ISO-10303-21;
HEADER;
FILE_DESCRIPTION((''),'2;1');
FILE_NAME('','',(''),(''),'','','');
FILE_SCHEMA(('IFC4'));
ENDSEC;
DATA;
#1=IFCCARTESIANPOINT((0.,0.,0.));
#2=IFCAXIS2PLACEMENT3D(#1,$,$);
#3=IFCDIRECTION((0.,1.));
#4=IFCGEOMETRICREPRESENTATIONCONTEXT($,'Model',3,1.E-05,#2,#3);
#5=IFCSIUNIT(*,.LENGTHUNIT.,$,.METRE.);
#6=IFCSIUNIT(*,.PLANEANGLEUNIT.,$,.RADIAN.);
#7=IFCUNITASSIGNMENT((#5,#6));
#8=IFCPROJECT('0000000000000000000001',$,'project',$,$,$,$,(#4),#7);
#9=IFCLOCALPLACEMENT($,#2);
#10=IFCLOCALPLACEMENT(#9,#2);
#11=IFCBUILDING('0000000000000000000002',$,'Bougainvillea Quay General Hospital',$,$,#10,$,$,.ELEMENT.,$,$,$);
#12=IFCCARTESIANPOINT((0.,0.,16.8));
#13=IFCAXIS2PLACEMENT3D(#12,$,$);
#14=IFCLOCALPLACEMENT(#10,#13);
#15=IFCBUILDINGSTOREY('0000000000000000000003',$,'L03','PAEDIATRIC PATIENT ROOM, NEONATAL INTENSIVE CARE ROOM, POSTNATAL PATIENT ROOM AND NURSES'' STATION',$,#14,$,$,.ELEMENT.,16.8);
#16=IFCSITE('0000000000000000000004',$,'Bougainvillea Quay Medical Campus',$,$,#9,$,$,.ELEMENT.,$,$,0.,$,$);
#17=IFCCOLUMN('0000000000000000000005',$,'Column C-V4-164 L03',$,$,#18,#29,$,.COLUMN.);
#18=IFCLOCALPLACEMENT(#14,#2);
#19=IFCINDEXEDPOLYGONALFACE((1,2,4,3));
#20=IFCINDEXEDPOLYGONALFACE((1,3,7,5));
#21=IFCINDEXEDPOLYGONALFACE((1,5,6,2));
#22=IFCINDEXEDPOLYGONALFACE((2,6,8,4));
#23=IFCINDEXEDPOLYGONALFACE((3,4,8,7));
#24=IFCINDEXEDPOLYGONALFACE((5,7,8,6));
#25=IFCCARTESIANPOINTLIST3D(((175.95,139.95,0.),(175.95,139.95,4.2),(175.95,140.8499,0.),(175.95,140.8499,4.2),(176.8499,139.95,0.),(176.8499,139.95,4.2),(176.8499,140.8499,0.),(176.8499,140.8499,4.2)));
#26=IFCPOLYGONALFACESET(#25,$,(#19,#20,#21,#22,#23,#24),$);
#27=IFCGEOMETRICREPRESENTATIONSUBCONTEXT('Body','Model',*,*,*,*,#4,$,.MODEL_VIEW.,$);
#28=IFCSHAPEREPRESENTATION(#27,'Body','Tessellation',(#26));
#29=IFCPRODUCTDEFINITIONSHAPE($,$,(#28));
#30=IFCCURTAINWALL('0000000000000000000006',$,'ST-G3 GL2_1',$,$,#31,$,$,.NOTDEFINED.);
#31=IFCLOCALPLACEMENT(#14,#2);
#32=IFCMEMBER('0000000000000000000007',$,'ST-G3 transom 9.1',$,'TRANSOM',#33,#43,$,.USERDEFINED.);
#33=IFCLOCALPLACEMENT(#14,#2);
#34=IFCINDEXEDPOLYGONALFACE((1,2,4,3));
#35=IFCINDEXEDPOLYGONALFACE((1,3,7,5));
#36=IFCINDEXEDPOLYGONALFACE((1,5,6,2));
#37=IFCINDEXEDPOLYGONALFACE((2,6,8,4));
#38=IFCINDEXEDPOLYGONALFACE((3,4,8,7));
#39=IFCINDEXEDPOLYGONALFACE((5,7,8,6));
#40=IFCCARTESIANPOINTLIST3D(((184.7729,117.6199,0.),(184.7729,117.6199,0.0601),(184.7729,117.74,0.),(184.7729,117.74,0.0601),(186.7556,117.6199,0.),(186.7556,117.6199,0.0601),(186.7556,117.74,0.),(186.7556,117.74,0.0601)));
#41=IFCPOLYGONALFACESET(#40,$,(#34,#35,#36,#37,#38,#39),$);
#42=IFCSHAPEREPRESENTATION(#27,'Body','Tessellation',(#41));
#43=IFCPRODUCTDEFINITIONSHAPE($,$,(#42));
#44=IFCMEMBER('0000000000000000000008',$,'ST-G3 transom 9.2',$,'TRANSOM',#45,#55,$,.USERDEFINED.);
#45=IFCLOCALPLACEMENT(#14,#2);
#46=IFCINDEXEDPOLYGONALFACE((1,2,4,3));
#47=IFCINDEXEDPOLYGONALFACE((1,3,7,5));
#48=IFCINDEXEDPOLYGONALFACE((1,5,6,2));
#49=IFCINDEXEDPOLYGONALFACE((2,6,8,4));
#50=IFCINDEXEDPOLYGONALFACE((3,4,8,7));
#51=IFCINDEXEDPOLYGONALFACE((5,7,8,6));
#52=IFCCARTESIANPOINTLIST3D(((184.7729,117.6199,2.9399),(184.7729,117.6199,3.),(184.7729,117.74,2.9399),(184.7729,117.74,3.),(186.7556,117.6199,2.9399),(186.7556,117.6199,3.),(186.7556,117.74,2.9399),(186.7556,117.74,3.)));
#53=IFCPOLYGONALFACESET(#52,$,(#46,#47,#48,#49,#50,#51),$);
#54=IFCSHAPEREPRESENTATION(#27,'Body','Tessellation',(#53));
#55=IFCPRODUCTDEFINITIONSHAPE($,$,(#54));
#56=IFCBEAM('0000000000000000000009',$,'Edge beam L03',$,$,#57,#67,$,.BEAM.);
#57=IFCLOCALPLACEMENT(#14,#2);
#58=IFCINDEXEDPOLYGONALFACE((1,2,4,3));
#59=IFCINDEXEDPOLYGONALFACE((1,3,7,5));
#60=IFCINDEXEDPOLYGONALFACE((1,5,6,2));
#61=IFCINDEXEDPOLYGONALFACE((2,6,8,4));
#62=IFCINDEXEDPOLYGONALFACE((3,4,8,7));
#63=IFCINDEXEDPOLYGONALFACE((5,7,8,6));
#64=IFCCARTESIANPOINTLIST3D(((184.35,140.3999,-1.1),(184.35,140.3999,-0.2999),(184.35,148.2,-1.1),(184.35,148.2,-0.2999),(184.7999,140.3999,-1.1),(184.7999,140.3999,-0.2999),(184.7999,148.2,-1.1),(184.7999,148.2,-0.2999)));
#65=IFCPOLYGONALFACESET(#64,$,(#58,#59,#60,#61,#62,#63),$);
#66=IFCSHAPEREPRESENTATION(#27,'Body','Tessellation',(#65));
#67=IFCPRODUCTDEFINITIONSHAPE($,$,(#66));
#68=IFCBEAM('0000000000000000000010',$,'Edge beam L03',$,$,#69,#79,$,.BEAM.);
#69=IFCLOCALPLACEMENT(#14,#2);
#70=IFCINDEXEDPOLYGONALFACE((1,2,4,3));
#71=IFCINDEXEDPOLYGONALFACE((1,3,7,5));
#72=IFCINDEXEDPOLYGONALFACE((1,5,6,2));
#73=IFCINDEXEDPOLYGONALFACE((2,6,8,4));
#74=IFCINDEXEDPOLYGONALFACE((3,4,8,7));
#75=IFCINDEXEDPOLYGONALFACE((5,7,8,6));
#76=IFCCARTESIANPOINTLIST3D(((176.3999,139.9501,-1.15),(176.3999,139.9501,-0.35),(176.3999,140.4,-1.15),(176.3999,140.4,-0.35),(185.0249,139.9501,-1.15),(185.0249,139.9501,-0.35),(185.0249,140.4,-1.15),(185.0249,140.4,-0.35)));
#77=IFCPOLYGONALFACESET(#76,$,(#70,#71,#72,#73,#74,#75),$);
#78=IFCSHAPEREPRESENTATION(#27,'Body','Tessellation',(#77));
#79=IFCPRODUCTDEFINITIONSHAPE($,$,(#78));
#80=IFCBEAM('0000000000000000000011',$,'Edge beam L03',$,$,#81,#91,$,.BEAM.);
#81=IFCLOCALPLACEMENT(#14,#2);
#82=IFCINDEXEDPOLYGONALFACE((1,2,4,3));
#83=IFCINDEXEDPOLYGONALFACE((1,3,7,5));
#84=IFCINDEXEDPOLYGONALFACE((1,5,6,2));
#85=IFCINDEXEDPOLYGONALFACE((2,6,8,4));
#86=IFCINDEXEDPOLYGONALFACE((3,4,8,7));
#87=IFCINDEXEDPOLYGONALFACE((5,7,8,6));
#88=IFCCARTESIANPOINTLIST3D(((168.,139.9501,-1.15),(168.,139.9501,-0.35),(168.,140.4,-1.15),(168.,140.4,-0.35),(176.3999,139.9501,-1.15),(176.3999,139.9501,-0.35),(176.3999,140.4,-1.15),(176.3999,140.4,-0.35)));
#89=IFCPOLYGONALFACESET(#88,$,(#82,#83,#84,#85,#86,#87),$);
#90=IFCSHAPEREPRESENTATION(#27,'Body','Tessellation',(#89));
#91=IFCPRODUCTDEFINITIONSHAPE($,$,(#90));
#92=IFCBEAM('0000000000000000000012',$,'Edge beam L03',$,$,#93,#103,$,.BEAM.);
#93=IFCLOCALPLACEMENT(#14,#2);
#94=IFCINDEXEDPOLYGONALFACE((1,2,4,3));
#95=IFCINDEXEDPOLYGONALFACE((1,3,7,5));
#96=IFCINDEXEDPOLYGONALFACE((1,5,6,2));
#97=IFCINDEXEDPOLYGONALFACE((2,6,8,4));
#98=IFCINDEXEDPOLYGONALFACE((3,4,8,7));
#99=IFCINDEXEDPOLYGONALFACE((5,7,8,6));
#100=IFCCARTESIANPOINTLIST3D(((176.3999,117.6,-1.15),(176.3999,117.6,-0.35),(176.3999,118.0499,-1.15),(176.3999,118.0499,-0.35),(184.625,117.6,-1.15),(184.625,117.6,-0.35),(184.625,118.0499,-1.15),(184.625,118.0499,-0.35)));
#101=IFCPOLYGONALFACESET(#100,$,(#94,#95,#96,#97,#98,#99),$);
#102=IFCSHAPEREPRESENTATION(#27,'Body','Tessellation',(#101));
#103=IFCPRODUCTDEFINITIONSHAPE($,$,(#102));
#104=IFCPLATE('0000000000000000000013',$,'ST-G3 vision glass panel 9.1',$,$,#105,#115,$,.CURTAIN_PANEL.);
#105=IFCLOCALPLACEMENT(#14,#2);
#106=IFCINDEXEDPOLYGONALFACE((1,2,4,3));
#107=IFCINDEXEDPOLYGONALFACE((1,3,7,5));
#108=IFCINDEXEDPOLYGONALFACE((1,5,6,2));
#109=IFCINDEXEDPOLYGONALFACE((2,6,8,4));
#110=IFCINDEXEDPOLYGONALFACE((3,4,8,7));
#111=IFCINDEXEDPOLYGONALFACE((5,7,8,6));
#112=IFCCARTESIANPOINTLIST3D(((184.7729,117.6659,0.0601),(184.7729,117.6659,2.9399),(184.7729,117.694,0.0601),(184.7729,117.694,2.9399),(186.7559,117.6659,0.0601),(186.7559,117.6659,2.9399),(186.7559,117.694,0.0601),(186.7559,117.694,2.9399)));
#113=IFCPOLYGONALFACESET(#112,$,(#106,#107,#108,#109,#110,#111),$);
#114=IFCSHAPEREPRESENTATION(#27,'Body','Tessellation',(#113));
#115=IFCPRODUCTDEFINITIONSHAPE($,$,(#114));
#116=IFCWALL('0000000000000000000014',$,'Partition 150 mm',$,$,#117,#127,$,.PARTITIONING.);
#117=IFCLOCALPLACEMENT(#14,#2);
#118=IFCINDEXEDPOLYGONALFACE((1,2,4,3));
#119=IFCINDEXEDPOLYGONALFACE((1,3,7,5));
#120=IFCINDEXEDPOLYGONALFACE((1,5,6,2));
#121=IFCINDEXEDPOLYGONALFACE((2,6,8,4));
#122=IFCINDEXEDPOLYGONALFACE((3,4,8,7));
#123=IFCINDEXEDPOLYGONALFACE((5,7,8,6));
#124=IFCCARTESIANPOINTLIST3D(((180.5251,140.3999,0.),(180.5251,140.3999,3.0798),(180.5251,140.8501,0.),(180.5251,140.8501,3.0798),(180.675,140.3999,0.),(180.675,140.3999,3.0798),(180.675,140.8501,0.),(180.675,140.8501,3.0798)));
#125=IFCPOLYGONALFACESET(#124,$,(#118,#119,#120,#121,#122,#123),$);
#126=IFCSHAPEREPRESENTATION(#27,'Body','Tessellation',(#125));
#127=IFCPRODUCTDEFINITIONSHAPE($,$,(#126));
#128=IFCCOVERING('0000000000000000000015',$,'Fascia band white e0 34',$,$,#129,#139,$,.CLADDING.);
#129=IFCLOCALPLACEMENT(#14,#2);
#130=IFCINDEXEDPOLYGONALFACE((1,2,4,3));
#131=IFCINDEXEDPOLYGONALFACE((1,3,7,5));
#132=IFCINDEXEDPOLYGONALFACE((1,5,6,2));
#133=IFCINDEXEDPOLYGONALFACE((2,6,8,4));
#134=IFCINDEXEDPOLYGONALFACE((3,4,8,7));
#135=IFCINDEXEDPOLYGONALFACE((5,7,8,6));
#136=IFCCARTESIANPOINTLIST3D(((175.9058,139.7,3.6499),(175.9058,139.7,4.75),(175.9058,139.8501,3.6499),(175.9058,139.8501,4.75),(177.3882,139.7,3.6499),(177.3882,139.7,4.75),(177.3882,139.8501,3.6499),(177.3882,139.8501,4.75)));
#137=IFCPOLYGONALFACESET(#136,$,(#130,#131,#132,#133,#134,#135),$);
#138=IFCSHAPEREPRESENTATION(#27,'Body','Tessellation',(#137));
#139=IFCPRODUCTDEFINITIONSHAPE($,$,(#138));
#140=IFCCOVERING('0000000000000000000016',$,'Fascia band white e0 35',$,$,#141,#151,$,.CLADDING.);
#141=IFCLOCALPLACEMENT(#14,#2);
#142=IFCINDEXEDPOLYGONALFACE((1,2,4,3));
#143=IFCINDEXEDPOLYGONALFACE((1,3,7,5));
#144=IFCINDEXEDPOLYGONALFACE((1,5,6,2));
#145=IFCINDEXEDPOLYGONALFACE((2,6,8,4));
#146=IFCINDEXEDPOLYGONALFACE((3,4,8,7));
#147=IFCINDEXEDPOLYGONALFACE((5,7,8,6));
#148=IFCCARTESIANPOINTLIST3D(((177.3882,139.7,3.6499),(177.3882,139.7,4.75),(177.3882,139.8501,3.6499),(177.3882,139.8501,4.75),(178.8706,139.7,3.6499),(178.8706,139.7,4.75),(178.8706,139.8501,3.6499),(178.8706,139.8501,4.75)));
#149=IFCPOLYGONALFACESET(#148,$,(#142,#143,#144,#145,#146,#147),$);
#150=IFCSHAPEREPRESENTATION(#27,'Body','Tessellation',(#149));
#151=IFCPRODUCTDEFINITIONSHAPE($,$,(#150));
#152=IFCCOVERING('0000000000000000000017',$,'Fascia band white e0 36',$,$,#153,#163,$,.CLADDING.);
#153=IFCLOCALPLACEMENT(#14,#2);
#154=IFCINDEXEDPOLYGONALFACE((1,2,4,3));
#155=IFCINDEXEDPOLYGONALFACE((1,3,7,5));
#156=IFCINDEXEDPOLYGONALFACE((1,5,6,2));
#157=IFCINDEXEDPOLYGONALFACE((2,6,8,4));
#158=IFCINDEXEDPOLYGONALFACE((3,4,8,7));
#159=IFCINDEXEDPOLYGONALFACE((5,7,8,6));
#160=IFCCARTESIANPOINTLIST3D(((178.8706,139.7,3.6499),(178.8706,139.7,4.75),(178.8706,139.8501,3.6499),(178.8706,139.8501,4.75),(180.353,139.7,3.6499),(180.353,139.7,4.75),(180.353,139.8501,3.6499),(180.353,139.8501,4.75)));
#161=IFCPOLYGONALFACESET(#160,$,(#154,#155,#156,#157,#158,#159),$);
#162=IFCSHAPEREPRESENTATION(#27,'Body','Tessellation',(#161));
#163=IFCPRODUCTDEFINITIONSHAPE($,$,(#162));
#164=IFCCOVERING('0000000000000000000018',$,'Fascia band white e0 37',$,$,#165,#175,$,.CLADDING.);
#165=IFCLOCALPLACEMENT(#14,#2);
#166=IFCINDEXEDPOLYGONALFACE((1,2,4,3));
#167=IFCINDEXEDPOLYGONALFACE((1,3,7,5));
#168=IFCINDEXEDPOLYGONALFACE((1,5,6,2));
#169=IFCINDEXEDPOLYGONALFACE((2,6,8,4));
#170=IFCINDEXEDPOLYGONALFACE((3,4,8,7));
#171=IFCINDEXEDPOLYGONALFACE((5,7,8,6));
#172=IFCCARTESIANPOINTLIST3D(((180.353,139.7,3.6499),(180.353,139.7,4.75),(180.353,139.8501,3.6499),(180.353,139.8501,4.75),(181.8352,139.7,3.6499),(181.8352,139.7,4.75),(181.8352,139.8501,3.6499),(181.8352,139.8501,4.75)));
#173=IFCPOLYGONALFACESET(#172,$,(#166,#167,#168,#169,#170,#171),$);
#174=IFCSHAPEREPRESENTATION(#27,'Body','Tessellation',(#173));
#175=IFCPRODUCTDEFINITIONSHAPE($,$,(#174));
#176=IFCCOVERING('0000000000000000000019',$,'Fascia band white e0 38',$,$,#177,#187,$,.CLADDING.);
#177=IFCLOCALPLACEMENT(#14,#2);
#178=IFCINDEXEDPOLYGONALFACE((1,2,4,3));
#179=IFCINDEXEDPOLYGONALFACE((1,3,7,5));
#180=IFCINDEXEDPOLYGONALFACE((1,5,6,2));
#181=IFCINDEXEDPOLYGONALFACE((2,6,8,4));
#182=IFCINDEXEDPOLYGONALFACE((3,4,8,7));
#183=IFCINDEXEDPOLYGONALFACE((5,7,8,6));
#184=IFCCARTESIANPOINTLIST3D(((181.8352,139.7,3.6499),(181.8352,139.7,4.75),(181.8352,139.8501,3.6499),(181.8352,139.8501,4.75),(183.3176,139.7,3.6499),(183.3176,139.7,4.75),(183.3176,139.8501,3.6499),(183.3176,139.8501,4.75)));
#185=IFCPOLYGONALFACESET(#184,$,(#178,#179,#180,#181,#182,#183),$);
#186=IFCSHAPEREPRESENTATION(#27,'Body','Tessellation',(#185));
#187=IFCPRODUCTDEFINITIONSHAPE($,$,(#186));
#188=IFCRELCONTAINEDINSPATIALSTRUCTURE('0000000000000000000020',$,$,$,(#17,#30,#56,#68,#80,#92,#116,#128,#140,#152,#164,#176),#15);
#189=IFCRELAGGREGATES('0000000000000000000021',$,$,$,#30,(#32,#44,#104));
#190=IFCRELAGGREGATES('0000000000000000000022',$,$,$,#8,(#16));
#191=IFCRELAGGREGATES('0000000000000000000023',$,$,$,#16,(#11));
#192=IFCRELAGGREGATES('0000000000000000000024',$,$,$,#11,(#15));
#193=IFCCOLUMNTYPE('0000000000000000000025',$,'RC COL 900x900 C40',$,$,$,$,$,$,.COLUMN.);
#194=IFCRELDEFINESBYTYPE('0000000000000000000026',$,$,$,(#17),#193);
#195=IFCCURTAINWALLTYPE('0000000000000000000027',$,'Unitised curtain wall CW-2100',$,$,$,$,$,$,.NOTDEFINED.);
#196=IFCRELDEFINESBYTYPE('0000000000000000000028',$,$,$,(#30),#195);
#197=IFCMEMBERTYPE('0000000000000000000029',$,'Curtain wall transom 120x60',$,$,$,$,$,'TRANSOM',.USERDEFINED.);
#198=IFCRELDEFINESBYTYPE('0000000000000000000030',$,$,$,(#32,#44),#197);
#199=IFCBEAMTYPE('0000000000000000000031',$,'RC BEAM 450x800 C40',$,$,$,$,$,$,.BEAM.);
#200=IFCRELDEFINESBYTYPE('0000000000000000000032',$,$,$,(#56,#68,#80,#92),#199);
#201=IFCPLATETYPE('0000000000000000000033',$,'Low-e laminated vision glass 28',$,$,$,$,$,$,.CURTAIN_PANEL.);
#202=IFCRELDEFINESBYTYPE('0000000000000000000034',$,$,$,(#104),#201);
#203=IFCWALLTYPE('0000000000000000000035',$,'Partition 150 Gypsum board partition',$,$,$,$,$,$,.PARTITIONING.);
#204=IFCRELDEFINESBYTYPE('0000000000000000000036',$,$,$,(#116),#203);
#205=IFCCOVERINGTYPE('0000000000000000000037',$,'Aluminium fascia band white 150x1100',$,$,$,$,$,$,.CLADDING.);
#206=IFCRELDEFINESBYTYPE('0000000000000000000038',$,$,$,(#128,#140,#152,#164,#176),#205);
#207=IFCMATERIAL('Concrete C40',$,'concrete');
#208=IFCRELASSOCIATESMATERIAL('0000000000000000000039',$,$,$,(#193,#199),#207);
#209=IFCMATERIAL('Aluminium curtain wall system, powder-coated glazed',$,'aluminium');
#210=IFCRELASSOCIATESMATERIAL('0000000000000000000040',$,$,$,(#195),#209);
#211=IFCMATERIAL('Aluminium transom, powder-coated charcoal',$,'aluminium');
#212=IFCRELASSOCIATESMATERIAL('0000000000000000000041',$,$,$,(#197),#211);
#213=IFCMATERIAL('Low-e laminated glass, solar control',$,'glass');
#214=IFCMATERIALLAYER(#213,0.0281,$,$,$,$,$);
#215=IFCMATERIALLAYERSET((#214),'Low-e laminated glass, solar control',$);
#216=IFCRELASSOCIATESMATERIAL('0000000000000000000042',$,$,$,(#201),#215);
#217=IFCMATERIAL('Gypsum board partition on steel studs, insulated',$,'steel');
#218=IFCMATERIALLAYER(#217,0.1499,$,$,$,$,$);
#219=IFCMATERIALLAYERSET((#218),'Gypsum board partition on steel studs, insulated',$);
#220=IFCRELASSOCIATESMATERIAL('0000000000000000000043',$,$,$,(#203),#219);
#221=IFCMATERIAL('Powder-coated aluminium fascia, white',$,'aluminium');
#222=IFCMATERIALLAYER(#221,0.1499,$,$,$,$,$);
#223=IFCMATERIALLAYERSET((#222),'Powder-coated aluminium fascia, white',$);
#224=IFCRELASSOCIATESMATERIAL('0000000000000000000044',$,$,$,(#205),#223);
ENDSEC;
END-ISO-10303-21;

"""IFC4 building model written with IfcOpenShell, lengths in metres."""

from ifc_helpers import new_model, si_unit, direction, frame, frame_2d, origin, origin_2d, place, context, subcontext, project, spatial, polyline, rectangle, outline, extrude, material, layer, layer_set, material_profile, profile_set, type_object, element, aggregate, save


model = new_model("IFC4")

# Units and contexts
model_context = context("Model", 3, precision=1e-05, world=origin(), true_north=direction((0.0, 1.0)))
body_context = subcontext(model_context, "Body", "Model", "MODEL_VIEW")
ifc_project = project(units=[si_unit("LENGTHUNIT", "METRE"), si_unit("PLANEANGLEUNIT", "RADIAN")], contexts=[model_context])

# Site, building, storey
site_placement = place(None, origin())
site = spatial("IfcSite", under=ifc_project, at=site_placement, Name="Bougainvillea Quay Medical Campus", CompositionType="ELEMENT", RefElevation=0.0)
building_placement = place(site_placement, origin())
building = spatial("IfcBuilding", under=site, at=building_placement, Name="Bougainvillea Quay General Hospital", CompositionType="ELEMENT")
storey_placement = place(building_placement, frame((0.0, 0.0, 16.8)))
storey = spatial("IfcBuildingStorey", under=building, at=storey_placement, Name="L03", Description="PAEDIATRIC PATIENT ROOM, NEONATAL INTENSIVE CARE ROOM, POSTNATAL PATIENT ROOM AND NURSES' STATION", CompositionType="ELEMENT", Elevation=16.8)

# Column
ifc_material_1 = material(Name="Concrete C40", Category="concrete")
ifc_material_profile_1 = material_profile(ifc_material_1, rectangle(XDim=0.8999, YDim=0.8999, at=origin_2d()))
ifc_profile_set_1 = profile_set([ifc_material_profile_1], Name="Concrete C40")
column_type = type_object("IfcColumnType", Name="RC COL 900x900 C40", PredefinedType="COLUMN", material=ifc_profile_set_1)
column_placement = place(storey_placement, frame((176.3999, 140.3999, 0.0), z_axis=(0.0, 0.0, 1.0), x_axis=(1.0, 0.0, 0.0)))
element("IfcColumn", 1, at=column_placement, inside=storey, type_object=column_type, Name="Column C-V4-164 L03", PredefinedType="COLUMN", context=body_context, shape_type="SweptSolid", body=[
    extrude(rectangle(XDim=0.8999, YDim=0.8999, at=origin_2d()), origin(), (0.0, 0.0, 1.0), 4.2),
])

# Curtain wall, members
ifc_material_2 = material(Name="Aluminium curtain wall system, powder-coated glazed", Category="aluminium")
curtain_wall_type = type_object("IfcCurtainWallType", Name="Unitised curtain wall CW-2100", PredefinedType="NOTDEFINED", material=ifc_material_2)
curtain_wall_placement = place(storey_placement, origin())
curtain_wall = element("IfcCurtainWall", 2, at=curtain_wall_placement, inside=storey, type_object=curtain_wall_type, Name="ST-G3 GL2_1", PredefinedType="NOTDEFINED")
ifc_material_3 = material(Name="Aluminium transom, powder-coated charcoal", Category="aluminium")
ifc_material_profile_2 = material_profile(ifc_material_3, rectangle(XDim=0.1201, YDim=0.0601, at=origin_2d()))
ifc_profile_set_2 = profile_set([ifc_material_profile_2], Name="Aluminium transom, powder-coated charcoal")
member_type = type_object("IfcMemberType", Name="Curtain wall transom 120x60", ElementType="TRANSOM", PredefinedType="USERDEFINED", material=ifc_profile_set_2)
member_1_placement = place(storey_placement, frame((184.7729, 117.6799, 0.03), z_axis=(1.0, 0.0, 0.0), x_axis=(0.0, 1.0, 0.0)))
member_1 = element("IfcMember", 3, at=member_1_placement, type_object=member_type, Name="ST-G3 transom 9.1", ObjectType="TRANSOM", PredefinedType="USERDEFINED", context=body_context, shape_type="SweptSolid", body=[
    extrude(rectangle(XDim=0.1201, YDim=0.0601, at=origin_2d()), origin(), (0.0, 0.0, 1.0), 1.9827),
])
member_2_placement = place(storey_placement, frame((184.7729, 117.6799, 2.97), z_axis=(1.0, 0.0, 0.0), x_axis=(0.0, 1.0, 0.0)))
member_2 = element("IfcMember", 4, at=member_2_placement, type_object=member_type, Name="ST-G3 transom 9.2", ObjectType="TRANSOM", PredefinedType="USERDEFINED", context=body_context, shape_type="SweptSolid", body=[
    extrude(rectangle(XDim=0.1201, YDim=0.0601, at=origin_2d()), origin(), (0.0, 0.0, 1.0), 1.9827),
])

# Beams
ifc_material_profile_3 = material_profile(ifc_material_1, rectangle(XDim=0.45, YDim=0.8, at=origin_2d()))
ifc_profile_set_3 = profile_set([ifc_material_profile_3], Name="Concrete C40")
beam_type = type_object("IfcBeamType", Name="RC BEAM 450x800 C40", PredefinedType="BEAM", material=ifc_profile_set_3)
beam_1_placement = place(storey_placement, frame((184.575, 140.3999, -0.7), z_axis=(0.0, 1.0, 0.0), x_axis=(-1.0, 0.0, 0.0)))
element("IfcBeam", 5, at=beam_1_placement, inside=storey, type_object=beam_type, Name="Edge beam L03", PredefinedType="BEAM", context=body_context, shape_type="SweptSolid", body=[
    extrude(rectangle(XDim=0.45, YDim=0.8, at=origin_2d()), origin(), (0.0, 0.0, 1.0), 7.8),
])
beam_2_placement = place(storey_placement, frame((185.0249, 140.175, -0.75), z_axis=(-1.0, 0.0, 0.0), x_axis=(0.0, -1.0, 0.0)))
element("IfcBeam", 6, at=beam_2_placement, inside=storey, type_object=beam_type, Name="Edge beam L03", PredefinedType="BEAM", context=body_context, shape_type="SweptSolid", body=[
    extrude(rectangle(XDim=0.45, YDim=0.8, at=origin_2d()), origin(), (0.0, 0.0, 1.0), 8.625),
])
beam_3_placement = place(storey_placement, frame((176.3999, 140.175, -0.75), z_axis=(-1.0, 0.0, 0.0), x_axis=(0.0, -1.0, 0.0)))
element("IfcBeam", 7, at=beam_3_placement, inside=storey, type_object=beam_type, Name="Edge beam L03", PredefinedType="BEAM", context=body_context, shape_type="SweptSolid", body=[
    extrude(rectangle(XDim=0.45, YDim=0.8, at=origin_2d()), origin(), (0.0, 0.0, 1.0), 8.3999),
])
beam_4_placement = place(storey_placement, frame((176.3999, 117.825, -0.75), z_axis=(1.0, 0.0, 0.0), x_axis=(0.0, 1.0, 0.0)))
element("IfcBeam", 8, at=beam_4_placement, inside=storey, type_object=beam_type, Name="Edge beam L03", PredefinedType="BEAM", context=body_context, shape_type="SweptSolid", body=[
    extrude(rectangle(XDim=0.45, YDim=0.8, at=origin_2d()), origin(), (0.0, 0.0, 1.0), 8.2251),
])

# Plate
ifc_material_4 = material(Name="Low-e laminated glass, solar control", Category="glass")
ifc_layer_1 = layer(ifc_material_4, 0.0281)
ifc_layer_set_1 = layer_set([ifc_layer_1], Name="Low-e laminated glass, solar control")
plate_type = type_object("IfcPlateType", Name="Low-e laminated vision glass 28", PredefinedType="CURTAIN_PANEL", material=ifc_layer_set_1)
plate_placement = place(storey_placement, frame((185.7644, 117.6799, 0.0601), z_axis=(0.0, 0.0, 1.0), x_axis=(1.0, 0.0, 0.0)))
plate = element("IfcPlate", 9, at=plate_placement, type_object=plate_type, Name="ST-G3 vision glass panel 9.1", PredefinedType="CURTAIN_PANEL", context=body_context, shape_type="SweptSolid", body=[
    extrude(rectangle(XDim=1.9829, YDim=0.0281, at=origin_2d()), origin(), (0.0, 0.0, 1.0), 2.8799),
])
aggregate(curtain_wall, [member_1, member_2, plate])

# Wall
ifc_material_5 = material(Name="Gypsum board partition on steel studs, insulated", Category="steel")
ifc_layer_2 = layer(ifc_material_5, 0.1499)
ifc_layer_set_2 = layer_set([ifc_layer_2], Name="Gypsum board partition on steel studs, insulated")
wall_type = type_object("IfcWallType", Name="Partition 150 Gypsum board partition", PredefinedType="PARTITIONING", material=ifc_layer_set_2)
wall_placement = place(storey_placement, frame((180.6001, 140.3999, 0.0), z_axis=(0.0, 0.0, 1.0), x_axis=(0.0, 1.0, 0.0)))
element("IfcWall", 10, at=wall_placement, inside=storey, type_object=wall_type, Name="Partition 150 mm", PredefinedType="PARTITIONING", context=body_context, shape_type="SweptSolid", body=[
    extrude(rectangle(XDim=0.4502, YDim=0.1499, at=frame_2d((0.2251, 0.0))), origin(), (0.0, 0.0, 1.0), 3.0798),
])

# Coverings
ifc_material_6 = material(Name="Powder-coated aluminium fascia, white", Category="aluminium")
ifc_layer_3 = layer(ifc_material_6, 0.1499)
ifc_layer_set_3 = layer_set([ifc_layer_3], Name="Powder-coated aluminium fascia, white")
covering_type = type_object("IfcCoveringType", Name="Aluminium fascia band white 150x1100", PredefinedType="CLADDING", material=ifc_layer_set_3)
for number, where, z_axis, x_axis, name in (
    (11, (175.9058, 139.8501, 3.6499), (0.0, 0.0, 1.0), (1.0, 0.0, 0.0), "Fascia band white e0 34"),
    (12, (177.3882, 139.8501, 3.6499), (0.0, 0.0, 1.0), (1.0, 0.0, 0.0), "Fascia band white e0 35"),
    (13, (178.8706, 139.8501, 3.6499), (0.0, 0.0, 1.0), (1.0, 0.0, 0.0), "Fascia band white e0 36"),
):
    element("IfcCovering", number, at=place(storey_placement, frame(where, z_axis=z_axis, x_axis=x_axis)), inside=storey, type_object=covering_type, Name=name, PredefinedType="CLADDING", context=body_context, shape_type="SweptSolid", body=[
        extrude(outline(polyline([(0.0, 0.0), (1.4824, 0.0), (1.4824, -0.1501), (0.0, -0.1501), (0.0, 0.0)])), origin(), (0.0, 0.0, 1.0), 1.1001),
    ])
covering_1_placement = place(storey_placement, frame((180.353, 139.8501, 3.6499), z_axis=(0.0, 0.0, 1.0), x_axis=(1.0, 0.0, 0.0)))
element("IfcCovering", 14, at=covering_1_placement, inside=storey, type_object=covering_type, Name="Fascia band white e0 37", PredefinedType="CLADDING", context=body_context, shape_type="SweptSolid", body=[
    extrude(outline(polyline([(0.0, 0.0), (1.4822, 0.0), (1.4822, -0.1501), (0.0, -0.1501), (0.0, 0.0)])), origin(), (0.0, 0.0, 1.0), 1.1001),
])
covering_2_placement = place(storey_placement, frame((181.8352, 139.8501, 3.6499), z_axis=(0.0, 0.0, 1.0), x_axis=(1.0, 0.0, 0.0)))
element("IfcCovering", 15, at=covering_2_placement, inside=storey, type_object=covering_type, Name="Fascia band white e0 38", PredefinedType="CLADDING", context=body_context, shape_type="SweptSolid", body=[
    extrude(outline(polyline([(0.0, 0.0), (1.4824, 0.0), (1.4824, -0.1501), (0.0, -0.1501), (0.0, 0.0)])), origin(), (0.0, 0.0, 1.0), 1.1001),
])

save(model, "model.ifc")
